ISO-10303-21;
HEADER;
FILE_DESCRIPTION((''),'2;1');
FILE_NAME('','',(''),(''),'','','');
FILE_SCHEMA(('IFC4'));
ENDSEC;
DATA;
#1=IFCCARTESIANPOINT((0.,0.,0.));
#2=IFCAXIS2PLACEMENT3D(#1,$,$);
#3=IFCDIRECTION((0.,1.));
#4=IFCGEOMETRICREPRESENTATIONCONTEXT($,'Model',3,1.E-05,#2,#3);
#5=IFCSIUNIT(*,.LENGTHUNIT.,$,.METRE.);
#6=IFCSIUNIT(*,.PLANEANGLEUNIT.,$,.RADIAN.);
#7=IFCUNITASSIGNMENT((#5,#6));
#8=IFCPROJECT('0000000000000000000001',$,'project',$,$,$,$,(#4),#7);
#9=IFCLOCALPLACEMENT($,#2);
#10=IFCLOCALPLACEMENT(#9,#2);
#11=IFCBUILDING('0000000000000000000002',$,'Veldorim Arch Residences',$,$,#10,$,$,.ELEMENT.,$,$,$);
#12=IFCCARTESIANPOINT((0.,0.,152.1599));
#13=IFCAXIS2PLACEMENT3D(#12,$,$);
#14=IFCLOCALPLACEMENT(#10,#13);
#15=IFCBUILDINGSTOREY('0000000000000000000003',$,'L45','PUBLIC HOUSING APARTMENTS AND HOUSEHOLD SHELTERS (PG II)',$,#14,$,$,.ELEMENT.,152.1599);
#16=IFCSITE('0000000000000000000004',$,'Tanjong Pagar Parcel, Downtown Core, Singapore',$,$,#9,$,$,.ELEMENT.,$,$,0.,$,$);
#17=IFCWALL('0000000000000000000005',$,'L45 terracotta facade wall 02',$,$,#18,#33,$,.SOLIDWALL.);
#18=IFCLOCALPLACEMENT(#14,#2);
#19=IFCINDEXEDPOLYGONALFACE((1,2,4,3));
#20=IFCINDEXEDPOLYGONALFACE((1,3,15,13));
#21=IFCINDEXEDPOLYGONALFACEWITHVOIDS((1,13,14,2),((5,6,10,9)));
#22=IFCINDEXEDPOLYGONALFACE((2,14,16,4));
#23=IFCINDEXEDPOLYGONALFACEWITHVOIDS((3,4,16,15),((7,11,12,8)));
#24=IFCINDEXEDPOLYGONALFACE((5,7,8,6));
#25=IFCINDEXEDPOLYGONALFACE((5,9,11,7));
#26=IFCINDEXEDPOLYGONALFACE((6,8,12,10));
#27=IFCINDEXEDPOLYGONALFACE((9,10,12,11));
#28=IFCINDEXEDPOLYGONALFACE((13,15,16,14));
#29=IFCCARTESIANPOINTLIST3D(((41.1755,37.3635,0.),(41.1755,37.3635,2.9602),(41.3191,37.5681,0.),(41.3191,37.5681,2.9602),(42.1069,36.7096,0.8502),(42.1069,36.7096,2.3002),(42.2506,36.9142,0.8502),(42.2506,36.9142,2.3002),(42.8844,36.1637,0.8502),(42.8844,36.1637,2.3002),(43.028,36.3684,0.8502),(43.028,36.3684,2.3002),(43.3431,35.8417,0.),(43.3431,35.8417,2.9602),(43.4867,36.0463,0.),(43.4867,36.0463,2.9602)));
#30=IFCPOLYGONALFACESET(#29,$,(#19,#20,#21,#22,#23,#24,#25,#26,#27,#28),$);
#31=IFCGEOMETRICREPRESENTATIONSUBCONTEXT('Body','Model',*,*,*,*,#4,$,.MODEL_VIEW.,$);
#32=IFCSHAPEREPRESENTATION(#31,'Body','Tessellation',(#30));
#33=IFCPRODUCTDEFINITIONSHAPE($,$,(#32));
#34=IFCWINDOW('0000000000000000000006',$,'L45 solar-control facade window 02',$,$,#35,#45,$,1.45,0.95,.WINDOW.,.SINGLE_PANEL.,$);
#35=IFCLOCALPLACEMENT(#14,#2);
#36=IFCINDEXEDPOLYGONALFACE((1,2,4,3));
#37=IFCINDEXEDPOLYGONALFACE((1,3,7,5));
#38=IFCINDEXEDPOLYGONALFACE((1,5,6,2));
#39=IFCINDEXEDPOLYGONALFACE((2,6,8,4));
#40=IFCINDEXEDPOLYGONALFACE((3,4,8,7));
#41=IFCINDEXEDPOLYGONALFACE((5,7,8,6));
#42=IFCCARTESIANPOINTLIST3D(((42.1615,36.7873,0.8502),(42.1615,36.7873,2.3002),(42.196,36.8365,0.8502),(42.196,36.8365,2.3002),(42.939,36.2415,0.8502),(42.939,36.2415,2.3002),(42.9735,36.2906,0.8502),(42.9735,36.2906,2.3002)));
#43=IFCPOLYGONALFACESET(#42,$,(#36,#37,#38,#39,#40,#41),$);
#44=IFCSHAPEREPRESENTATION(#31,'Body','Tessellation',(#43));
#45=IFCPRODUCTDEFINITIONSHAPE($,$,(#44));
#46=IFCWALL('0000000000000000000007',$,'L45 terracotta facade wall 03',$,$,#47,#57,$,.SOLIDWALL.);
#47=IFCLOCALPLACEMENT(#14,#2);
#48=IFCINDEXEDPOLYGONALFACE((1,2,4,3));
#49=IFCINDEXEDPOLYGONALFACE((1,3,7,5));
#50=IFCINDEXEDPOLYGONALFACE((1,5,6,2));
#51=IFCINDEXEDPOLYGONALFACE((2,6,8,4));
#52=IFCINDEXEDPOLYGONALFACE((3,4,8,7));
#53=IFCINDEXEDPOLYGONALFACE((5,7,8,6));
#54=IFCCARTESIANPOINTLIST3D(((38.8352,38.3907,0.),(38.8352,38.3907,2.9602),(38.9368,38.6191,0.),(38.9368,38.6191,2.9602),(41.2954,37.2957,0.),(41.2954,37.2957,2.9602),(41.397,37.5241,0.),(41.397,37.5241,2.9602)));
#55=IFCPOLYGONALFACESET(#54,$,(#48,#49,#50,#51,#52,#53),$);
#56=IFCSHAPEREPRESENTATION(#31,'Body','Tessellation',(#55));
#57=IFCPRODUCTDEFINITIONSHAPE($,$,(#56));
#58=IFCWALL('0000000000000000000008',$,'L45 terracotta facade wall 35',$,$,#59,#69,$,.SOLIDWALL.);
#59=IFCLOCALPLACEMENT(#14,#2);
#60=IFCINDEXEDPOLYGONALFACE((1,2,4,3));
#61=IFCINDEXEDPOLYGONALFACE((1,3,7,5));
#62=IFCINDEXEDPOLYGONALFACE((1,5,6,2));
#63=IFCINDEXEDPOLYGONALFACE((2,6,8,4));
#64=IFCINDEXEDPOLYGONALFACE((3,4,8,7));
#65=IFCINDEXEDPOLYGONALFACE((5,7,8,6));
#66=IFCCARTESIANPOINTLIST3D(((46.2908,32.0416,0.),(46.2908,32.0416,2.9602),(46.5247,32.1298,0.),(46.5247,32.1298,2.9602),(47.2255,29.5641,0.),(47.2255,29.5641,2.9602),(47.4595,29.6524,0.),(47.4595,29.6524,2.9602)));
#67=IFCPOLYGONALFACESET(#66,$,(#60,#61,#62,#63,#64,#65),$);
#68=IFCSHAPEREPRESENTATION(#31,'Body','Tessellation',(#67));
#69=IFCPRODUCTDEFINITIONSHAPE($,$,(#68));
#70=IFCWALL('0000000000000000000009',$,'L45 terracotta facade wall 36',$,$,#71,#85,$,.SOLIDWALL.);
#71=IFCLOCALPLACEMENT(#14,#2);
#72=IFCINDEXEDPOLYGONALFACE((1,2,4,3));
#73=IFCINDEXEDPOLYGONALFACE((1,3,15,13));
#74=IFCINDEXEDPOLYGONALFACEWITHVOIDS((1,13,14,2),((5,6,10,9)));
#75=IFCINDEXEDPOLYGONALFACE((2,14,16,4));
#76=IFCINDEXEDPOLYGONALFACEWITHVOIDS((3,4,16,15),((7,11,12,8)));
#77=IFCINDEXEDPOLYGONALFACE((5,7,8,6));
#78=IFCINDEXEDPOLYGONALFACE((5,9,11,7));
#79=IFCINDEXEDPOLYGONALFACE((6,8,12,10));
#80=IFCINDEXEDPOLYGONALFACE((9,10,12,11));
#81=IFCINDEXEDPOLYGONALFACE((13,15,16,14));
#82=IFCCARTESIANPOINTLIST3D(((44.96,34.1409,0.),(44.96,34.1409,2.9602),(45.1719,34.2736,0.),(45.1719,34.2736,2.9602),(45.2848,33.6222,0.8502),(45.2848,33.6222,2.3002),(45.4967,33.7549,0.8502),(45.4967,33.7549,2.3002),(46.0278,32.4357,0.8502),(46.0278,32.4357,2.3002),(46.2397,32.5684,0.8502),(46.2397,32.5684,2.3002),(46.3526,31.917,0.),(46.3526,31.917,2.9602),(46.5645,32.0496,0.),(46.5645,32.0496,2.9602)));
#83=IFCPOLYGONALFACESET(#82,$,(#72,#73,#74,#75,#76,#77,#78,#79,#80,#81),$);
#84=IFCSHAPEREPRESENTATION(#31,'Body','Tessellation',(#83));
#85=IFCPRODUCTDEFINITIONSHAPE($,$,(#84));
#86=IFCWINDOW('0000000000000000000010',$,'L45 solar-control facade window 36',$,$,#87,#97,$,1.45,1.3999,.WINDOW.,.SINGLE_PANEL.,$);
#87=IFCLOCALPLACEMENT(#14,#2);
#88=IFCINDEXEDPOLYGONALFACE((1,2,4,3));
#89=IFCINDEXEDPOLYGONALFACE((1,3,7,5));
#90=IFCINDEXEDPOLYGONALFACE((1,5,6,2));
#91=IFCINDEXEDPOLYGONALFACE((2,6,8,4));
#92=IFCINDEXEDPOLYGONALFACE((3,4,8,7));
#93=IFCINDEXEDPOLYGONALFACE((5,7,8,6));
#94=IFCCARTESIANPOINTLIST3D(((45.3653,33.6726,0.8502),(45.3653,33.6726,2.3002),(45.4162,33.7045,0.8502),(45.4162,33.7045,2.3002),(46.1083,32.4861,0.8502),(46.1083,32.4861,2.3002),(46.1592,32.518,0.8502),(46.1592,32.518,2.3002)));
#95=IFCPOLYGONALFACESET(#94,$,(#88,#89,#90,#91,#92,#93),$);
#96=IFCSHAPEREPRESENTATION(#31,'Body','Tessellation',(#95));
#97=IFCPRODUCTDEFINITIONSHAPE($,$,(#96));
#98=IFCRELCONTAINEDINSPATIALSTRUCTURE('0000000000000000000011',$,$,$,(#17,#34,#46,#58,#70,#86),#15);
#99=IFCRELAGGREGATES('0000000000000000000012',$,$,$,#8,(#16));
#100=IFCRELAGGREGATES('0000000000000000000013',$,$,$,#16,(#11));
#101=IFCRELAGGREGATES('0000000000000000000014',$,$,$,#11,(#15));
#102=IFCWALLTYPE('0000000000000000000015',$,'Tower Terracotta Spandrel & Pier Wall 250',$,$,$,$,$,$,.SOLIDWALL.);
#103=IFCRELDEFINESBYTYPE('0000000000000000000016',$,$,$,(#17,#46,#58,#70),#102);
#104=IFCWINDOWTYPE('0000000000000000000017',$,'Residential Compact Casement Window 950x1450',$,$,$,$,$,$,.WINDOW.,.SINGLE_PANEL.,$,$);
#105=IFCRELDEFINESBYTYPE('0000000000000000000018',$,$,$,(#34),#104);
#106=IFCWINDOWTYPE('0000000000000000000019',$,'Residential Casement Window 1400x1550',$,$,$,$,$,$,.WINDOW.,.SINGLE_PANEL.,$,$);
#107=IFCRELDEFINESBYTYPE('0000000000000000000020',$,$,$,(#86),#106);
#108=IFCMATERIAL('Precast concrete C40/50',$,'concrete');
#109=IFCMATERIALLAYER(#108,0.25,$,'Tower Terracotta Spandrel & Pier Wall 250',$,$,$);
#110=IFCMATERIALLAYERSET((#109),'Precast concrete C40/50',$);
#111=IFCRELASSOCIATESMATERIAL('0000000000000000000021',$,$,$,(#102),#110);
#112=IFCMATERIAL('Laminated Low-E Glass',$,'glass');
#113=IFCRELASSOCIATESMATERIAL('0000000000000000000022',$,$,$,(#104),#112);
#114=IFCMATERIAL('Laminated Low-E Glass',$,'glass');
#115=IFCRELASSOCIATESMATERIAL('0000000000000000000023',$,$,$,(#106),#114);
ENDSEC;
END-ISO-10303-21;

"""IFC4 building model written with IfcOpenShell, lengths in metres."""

from ifc_helpers import new_model, si_unit, direction, frame, frame_2d, origin, place, context, subcontext, project, spatial, rectangle, extrude, material, layer, layer_set, type_object, element, fill, save


model = new_model("IFC4")

# Units and contexts
model_context = context("Model", 3, precision=1e-05, world=origin(), true_north=direction((0.0, 1.0)))
body_context = subcontext(model_context, "Body", "Model", "MODEL_VIEW")
ifc_project = project(units=[si_unit("LENGTHUNIT", "METRE"), si_unit("PLANEANGLEUNIT", "RADIAN")], contexts=[model_context])

# Site, building, storey
site_placement = place(None, origin())
site = spatial("IfcSite", under=ifc_project, at=site_placement, Name="Tanjong Pagar Parcel, Downtown Core, Singapore", CompositionType="ELEMENT", RefElevation=0.0)
building_placement = place(site_placement, origin())
building = spatial("IfcBuilding", under=site, at=building_placement, Name="Veldorim Arch Residences", CompositionType="ELEMENT")
storey_placement = place(building_placement, frame((0.0, 0.0, 152.1599)))
storey = spatial("IfcBuildingStorey", under=building, at=storey_placement, Name="L45", Description="PUBLIC HOUSING APARTMENTS AND HOUSEHOLD SHELTERS (PG II)", CompositionType="ELEMENT", Elevation=152.1599)

# Wall, opening, window
ifc_material_1 = material(Name="Precast concrete C40/50", Category="concrete")
ifc_layer_1 = layer(ifc_material_1, 0.25, Name="Tower Terracotta Spandrel & Pier Wall 250")
ifc_layer_set_1 = layer_set([ifc_layer_1], Name="Precast concrete C40/50")
wall_type_1 = type_object("IfcWallType", Name="Tower Terracotta Spandrel & Pier Wall 250", PredefinedType="SOLIDWALL", material=ifc_layer_set_1)
wall_1_placement = place(storey_placement, frame((41.2473, 37.4658, 0.0), z_axis=(0.0, 0.0, 1.0), x_axis=(0.818434, -0.5746, 0.0)))
wall_1 = element("IfcWall", 1, at=wall_1_placement, inside=storey, type_object=wall_type_1, Name="L45 terracotta facade wall 02", PredefinedType="SOLIDWALL", context=body_context, shape_type="SweptSolid", body=[
    extrude(rectangle(XDim=2.6484, YDim=0.25, at=frame_2d((1.3242, 0.0))), origin(), (0.0, 0.0, 1.0), 2.9602),
])
opening_1_placement = place(wall_1_placement, frame((1.1379, 0.0, 0.8501)))
opening_1 = element("IfcOpeningElement", 2, at=opening_1_placement, cuts=wall_1, PredefinedType="OPENING", context=body_context, shape_type="SweptSolid", body=[
    extrude(rectangle(XDim=0.95, YDim=1.45, at=frame_2d((0.4751, 0.7251))), frame((0.0, 0.135, 0.0), z_axis=(0.0, -1.0, 0.0), x_axis=(1.0, 0.0, 0.0)), (0.0, 0.0, 1.0), 0.27),
])
ifc_material_2 = material(Name="Laminated Low-E Glass", Category="glass")
window_type_1 = type_object("IfcWindowType", Name="Residential Compact Casement Window 950x1450", PartitioningType="SINGLE_PANEL", PredefinedType="WINDOW", material=ifc_material_2)
window_1_placement = place(opening_1_placement, origin())
window_1 = element("IfcWindow", 3, at=window_1_placement, inside=storey, type_object=window_type_1, Name="L45 solar-control facade window 02", OverallHeight=1.45, OverallWidth=0.95, PartitioningType="SINGLE_PANEL", PredefinedType="WINDOW", context=body_context, shape_type="SweptSolid", body=[
    extrude(rectangle(XDim=0.95, YDim=1.45, at=frame_2d((0.4751, 0.7251))), frame((0.0, 0.03, 0.0), z_axis=(0.0, -1.0, 0.0), x_axis=(1.0, 0.0, 0.0)), (0.0, 0.0, 1.0), 0.0601),
])
fill(opening_1, window_1)

# Walls
wall_2_placement = place(storey_placement, frame((38.886, 38.5049, 0.0), z_axis=(0.0, 0.0, 1.0), x_axis=(0.913598, -0.406618, 0.0)))
element("IfcWall", 4, at=wall_2_placement, inside=storey, type_object=wall_type_1, Name="L45 terracotta facade wall 03", PredefinedType="SOLIDWALL", context=body_context, shape_type="SweptSolid", body=[
    extrude(rectangle(XDim=2.6929, YDim=0.25, at=frame_2d((1.3464, 0.0))), origin(), (0.0, 0.0, 1.0), 2.9602),
])
wall_3_placement = place(storey_placement, frame((46.4077, 32.0857, 0.0), z_axis=(0.0, 0.0, 1.0), x_axis=(0.353022, -0.935615, 0.0)))
element("IfcWall", 5, at=wall_3_placement, inside=storey, type_object=wall_type_1, Name="L45 terracotta facade wall 35", PredefinedType="SOLIDWALL", context=body_context, shape_type="SweptSolid", body=[
    extrude(rectangle(XDim=2.6479, YDim=0.25, at=frame_2d((1.324, 0.0))), origin(), (0.0, 0.0, 1.0), 2.9602),
])

# Wall, opening, window
wall_4_placement = place(storey_placement, frame((45.0659, 34.2073, 0.0), z_axis=(0.0, 0.0, 1.0), x_axis=(0.530726, -0.847543, 0.0)))
wall_4 = element("IfcWall", 6, at=wall_4_placement, inside=storey, type_object=wall_type_1, Name="L45 terracotta facade wall 36", PredefinedType="SOLIDWALL", context=body_context, shape_type="SweptSolid", body=[
    extrude(rectangle(XDim=2.624, YDim=0.25, at=frame_2d((1.312, 0.0))), origin(), (0.0, 0.0, 1.0), 2.9602),
])
opening_2_placement = place(wall_4_placement, frame((0.6121, 0.0, 0.8501)))
opening_2 = element("IfcOpeningElement", 7, at=opening_2_placement, cuts=wall_4, PredefinedType="OPENING", context=body_context, shape_type="SweptSolid", body=[
    extrude(rectangle(XDim=1.3999, YDim=1.45, at=frame_2d((0.7, 0.7251))), frame((0.0, 0.135, 0.0), z_axis=(0.0, -1.0, 0.0), x_axis=(1.0, 0.0, 0.0)), (0.0, 0.0, 1.0), 0.27),
])
ifc_material_3 = material(Name="Laminated Low-E Glass", Category="glass")
window_type_2 = type_object("IfcWindowType", Name="Residential Casement Window 1400x1550", PartitioningType="SINGLE_PANEL", PredefinedType="WINDOW", material=ifc_material_3)
window_2_placement = place(opening_2_placement, origin())
window_2 = element("IfcWindow", 8, at=window_2_placement, inside=storey, type_object=window_type_2, Name="L45 solar-control facade window 36", OverallHeight=1.45, OverallWidth=1.3999, PartitioningType="SINGLE_PANEL", PredefinedType="WINDOW", context=body_context, shape_type="SweptSolid", body=[
    extrude(rectangle(XDim=1.3999, YDim=1.45, at=frame_2d((0.7, 0.7251))), frame((0.0, 0.03, 0.0), z_axis=(0.0, -1.0, 0.0), x_axis=(1.0, 0.0, 0.0)), (0.0, 0.0, 1.0), 0.0601),
])
fill(opening_2, window_2)

save(model, "model.ifc")
